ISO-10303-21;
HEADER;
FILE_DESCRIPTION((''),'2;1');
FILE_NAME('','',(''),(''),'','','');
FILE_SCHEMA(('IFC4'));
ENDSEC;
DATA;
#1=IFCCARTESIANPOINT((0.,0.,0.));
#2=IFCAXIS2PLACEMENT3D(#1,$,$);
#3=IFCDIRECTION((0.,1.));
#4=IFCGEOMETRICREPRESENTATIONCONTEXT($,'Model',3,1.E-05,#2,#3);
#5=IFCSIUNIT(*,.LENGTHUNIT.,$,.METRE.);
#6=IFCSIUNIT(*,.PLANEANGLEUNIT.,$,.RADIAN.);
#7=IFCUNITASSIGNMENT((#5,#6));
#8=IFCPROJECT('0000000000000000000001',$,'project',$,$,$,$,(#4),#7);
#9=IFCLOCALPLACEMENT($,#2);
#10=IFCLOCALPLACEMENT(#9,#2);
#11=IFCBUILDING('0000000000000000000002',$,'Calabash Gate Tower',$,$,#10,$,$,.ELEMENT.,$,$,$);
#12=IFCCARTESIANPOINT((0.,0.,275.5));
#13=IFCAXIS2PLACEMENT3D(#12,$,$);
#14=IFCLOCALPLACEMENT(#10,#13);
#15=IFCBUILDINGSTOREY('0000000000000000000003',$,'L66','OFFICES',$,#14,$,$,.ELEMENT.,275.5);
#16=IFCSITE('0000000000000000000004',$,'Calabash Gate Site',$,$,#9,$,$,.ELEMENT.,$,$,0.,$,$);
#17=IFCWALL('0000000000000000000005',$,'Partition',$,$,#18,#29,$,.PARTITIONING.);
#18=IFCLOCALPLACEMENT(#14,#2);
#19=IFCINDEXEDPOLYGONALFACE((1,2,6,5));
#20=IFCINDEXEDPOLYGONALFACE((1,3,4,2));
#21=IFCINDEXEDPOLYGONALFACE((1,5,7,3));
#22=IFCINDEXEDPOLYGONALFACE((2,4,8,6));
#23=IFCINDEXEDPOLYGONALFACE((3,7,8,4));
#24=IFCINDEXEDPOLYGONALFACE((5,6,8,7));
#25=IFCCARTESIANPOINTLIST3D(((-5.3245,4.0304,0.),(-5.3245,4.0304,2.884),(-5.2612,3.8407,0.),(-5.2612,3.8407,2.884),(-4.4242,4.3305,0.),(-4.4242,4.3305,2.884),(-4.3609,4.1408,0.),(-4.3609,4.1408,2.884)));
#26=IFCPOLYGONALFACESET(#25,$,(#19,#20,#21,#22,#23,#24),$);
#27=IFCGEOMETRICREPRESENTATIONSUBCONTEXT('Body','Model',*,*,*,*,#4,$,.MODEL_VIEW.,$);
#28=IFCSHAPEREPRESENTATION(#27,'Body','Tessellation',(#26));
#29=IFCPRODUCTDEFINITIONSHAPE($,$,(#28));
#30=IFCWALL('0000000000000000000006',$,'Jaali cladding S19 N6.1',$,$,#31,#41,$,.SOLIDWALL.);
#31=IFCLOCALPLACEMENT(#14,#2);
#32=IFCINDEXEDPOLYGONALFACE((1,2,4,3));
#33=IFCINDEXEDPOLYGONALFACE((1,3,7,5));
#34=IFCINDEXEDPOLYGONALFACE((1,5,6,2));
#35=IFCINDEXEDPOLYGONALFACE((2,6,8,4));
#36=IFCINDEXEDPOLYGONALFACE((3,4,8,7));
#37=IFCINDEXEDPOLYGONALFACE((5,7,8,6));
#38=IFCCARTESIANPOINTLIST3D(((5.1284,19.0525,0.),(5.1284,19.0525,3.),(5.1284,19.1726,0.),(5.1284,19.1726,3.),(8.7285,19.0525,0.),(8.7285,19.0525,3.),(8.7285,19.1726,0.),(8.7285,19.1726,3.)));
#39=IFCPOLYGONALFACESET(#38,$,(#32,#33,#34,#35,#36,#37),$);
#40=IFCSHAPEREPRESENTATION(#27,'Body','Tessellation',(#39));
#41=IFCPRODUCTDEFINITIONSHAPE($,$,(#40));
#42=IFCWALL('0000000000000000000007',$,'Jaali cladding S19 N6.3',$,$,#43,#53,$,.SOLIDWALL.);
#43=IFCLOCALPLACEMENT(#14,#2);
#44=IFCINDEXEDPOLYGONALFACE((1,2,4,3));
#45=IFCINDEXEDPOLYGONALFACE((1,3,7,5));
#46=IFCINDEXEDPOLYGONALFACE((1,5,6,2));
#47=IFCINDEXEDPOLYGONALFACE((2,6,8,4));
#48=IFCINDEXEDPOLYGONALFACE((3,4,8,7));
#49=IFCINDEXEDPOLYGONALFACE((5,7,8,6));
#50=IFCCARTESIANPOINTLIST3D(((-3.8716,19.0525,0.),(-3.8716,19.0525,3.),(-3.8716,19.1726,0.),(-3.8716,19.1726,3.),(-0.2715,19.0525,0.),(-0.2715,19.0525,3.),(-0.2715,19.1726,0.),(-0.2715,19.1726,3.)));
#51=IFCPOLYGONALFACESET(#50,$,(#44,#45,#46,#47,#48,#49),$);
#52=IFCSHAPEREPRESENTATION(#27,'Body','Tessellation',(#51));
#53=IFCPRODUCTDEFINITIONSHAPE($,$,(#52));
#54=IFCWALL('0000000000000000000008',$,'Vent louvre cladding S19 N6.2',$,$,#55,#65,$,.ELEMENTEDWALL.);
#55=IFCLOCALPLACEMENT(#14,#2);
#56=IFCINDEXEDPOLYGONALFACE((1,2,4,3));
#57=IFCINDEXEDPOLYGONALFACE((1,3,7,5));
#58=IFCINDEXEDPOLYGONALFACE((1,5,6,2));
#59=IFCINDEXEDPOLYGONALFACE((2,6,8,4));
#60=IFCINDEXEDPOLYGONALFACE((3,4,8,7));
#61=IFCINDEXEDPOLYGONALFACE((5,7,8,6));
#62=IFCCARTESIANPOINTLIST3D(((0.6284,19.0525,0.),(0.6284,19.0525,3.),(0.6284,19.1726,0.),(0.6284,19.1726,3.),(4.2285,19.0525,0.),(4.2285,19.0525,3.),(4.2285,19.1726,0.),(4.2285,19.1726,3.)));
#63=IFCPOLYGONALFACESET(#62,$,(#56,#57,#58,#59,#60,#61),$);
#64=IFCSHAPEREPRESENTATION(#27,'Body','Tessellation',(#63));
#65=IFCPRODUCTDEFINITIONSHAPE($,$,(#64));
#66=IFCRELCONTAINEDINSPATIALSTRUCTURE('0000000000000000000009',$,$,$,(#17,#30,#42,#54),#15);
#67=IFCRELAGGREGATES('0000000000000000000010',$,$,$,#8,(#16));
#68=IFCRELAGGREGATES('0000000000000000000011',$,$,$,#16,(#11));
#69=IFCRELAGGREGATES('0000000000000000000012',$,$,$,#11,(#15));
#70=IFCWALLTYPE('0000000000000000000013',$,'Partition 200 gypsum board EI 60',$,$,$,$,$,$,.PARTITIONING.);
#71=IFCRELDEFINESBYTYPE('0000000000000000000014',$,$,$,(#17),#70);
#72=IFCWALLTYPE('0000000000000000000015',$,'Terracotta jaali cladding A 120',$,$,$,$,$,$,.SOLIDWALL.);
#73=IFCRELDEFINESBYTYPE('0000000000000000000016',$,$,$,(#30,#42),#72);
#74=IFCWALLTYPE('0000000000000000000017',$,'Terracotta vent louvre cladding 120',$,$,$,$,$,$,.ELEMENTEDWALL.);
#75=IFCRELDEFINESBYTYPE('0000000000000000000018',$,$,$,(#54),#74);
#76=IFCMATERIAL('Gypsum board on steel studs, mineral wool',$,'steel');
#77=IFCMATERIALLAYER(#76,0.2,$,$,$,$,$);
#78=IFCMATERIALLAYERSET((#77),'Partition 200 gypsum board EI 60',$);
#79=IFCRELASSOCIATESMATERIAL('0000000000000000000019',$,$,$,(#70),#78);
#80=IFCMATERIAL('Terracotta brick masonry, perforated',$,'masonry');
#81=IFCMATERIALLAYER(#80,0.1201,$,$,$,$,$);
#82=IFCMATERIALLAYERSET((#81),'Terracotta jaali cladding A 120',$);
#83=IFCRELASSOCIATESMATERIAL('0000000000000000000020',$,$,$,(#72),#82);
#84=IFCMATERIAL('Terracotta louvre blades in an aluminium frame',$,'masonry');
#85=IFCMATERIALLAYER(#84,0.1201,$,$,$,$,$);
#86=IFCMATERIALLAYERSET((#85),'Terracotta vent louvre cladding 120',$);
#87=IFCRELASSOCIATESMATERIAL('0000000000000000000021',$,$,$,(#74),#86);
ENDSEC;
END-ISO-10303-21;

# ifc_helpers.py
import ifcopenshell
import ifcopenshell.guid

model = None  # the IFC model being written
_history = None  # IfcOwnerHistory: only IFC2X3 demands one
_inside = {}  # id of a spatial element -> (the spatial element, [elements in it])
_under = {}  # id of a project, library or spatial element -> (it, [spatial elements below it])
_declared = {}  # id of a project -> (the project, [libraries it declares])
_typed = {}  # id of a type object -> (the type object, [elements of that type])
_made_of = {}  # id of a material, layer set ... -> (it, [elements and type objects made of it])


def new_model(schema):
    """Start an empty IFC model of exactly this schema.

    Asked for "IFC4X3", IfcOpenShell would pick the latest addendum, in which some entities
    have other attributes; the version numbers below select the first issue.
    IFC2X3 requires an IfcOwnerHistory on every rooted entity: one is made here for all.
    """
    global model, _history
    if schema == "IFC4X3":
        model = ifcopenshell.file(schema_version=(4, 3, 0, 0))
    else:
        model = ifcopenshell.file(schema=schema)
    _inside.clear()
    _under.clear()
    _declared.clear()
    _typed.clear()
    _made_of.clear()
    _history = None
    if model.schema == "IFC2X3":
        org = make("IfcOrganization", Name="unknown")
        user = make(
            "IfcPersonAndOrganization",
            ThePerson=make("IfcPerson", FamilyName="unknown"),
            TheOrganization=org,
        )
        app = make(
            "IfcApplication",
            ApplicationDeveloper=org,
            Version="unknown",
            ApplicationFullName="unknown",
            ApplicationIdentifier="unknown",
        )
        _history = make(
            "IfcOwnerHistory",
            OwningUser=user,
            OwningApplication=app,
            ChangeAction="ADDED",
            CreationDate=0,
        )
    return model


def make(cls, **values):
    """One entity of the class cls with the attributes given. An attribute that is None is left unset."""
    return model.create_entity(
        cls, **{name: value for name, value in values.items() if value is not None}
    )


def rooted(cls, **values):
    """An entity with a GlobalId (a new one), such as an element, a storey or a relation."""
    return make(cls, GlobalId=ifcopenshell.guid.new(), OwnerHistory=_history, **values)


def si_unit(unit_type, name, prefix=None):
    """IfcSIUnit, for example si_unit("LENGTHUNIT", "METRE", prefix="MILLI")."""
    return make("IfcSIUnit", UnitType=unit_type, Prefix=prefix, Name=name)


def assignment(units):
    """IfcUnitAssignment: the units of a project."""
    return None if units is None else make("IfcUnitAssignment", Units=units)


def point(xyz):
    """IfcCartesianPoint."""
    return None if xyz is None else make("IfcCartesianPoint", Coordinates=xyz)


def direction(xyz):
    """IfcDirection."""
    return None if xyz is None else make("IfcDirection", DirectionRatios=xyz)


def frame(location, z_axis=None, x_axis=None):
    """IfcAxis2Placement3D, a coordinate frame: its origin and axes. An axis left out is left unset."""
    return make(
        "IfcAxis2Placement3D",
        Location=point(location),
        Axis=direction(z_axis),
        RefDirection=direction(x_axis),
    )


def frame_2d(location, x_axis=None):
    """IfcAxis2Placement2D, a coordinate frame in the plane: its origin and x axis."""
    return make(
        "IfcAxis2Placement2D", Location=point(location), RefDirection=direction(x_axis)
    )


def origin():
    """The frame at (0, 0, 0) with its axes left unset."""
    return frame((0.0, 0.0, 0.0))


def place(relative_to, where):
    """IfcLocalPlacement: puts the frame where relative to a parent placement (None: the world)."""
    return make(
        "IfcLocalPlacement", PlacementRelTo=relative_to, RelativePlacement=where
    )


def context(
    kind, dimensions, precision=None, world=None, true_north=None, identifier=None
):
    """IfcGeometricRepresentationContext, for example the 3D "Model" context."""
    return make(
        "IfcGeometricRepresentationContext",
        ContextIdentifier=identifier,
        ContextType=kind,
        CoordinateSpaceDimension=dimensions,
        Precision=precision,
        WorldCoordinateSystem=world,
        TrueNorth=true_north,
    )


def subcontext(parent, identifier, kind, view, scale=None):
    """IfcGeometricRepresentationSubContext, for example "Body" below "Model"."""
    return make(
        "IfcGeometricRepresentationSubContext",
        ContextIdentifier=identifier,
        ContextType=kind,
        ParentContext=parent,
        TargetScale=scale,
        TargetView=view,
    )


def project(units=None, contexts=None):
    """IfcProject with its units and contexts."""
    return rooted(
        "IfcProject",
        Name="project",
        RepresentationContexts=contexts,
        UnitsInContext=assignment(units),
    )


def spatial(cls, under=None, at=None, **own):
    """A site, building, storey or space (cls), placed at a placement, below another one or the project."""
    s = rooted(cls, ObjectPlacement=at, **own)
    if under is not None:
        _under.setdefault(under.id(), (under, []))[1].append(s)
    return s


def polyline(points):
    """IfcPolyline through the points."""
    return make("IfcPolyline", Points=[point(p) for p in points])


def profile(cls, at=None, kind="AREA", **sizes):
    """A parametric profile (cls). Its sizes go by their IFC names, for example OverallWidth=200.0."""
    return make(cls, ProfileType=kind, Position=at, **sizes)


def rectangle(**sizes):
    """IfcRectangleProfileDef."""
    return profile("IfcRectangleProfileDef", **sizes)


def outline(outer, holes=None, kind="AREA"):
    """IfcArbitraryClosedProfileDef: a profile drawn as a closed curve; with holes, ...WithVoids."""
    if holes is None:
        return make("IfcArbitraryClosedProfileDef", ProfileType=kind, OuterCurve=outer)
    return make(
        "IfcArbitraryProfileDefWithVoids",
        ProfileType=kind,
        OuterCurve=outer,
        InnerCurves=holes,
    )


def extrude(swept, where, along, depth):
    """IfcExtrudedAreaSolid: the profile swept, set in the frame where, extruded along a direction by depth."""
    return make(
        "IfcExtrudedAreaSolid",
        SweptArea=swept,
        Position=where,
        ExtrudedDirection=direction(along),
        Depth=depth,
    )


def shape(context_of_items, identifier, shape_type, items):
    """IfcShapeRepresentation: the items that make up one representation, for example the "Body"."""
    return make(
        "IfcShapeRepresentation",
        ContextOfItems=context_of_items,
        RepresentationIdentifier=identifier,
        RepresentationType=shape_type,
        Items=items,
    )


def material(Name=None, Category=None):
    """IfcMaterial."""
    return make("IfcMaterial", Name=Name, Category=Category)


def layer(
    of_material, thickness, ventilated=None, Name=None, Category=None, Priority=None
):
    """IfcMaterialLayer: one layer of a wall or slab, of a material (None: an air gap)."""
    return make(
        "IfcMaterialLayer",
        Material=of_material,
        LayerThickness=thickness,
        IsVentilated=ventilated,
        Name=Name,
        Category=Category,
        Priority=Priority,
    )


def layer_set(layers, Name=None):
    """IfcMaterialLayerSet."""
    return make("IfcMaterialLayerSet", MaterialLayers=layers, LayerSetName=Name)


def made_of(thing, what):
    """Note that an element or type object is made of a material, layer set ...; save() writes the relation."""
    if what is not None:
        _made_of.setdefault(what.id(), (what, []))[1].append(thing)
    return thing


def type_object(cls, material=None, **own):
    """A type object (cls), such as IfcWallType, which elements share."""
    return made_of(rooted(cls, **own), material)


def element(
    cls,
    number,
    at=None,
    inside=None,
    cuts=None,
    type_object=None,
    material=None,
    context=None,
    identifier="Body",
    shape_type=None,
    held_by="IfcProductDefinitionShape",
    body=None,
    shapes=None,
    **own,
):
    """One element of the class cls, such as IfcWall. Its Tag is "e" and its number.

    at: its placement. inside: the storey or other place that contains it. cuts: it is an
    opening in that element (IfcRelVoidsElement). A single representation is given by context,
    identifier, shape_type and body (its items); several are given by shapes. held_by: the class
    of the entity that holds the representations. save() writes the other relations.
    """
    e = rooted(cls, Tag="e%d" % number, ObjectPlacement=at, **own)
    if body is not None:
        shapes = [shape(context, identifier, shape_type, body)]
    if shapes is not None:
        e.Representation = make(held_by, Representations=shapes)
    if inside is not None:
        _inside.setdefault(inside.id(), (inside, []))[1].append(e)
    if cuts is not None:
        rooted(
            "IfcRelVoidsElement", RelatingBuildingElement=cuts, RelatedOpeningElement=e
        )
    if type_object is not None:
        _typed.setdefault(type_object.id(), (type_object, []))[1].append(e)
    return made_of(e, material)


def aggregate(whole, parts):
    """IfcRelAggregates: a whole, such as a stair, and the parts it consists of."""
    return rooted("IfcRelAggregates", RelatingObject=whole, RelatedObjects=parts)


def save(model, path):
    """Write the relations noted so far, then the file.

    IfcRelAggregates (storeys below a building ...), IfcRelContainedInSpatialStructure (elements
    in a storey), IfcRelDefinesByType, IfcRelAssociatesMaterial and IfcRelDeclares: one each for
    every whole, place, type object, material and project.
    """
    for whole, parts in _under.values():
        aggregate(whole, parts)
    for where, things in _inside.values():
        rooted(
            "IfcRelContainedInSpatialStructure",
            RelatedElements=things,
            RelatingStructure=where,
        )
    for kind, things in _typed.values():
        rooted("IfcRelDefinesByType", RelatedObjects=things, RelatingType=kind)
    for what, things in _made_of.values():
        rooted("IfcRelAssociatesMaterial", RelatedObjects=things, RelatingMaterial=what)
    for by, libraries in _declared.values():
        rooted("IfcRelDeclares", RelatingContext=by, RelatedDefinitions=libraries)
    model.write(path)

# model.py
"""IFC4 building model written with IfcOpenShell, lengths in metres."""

from ifc_helpers import new_model, si_unit, direction, frame, frame_2d, origin, place, context, subcontext, project, spatial, polyline, rectangle, outline, extrude, material, layer, layer_set, type_object, element, save


model = new_model("IFC4")

# Units and contexts
model_context = context("Model", 3, precision=1e-05, world=origin(), true_north=direction((0.0, 1.0)))
body_context = subcontext(model_context, "Body", "Model", "MODEL_VIEW")
ifc_project = project(units=[si_unit("LENGTHUNIT", "METRE"), si_unit("PLANEANGLEUNIT", "RADIAN")], contexts=[model_context])

# Site, building, storey
site_placement = place(None, origin())
site = spatial("IfcSite", under=ifc_project, at=site_placement, Name="Calabash Gate Site", CompositionType="ELEMENT", RefElevation=0.0)
building_placement = place(site_placement, origin())
building = spatial("IfcBuilding", under=site, at=building_placement, Name="Calabash Gate Tower", CompositionType="ELEMENT")
storey_placement = place(building_placement, frame((0.0, 0.0, 275.5)))
storey = spatial("IfcBuildingStorey", under=building, at=storey_placement, Name="L66", Description="OFFICES", CompositionType="ELEMENT", Elevation=275.5)

# Shared definitions
ifc_material_1 = material(Name="Gypsum board on steel studs, mineral wool", Category="steel")
ifc_layer_1 = layer(ifc_material_1, 0.2)
ifc_layer_set_1 = layer_set([ifc_layer_1], Name="Partition 200 gypsum board EI 60")
wall_type_1 = type_object("IfcWallType", Name="Partition 200 gypsum board EI 60", PredefinedType="PARTITIONING", material=ifc_layer_set_1)

# Walls
wall_1_placement = place(storey_placement, frame((-5.293, 3.9355, 0.0), z_axis=(0.0, 0.0, 1.0), x_axis=(0.948709, 0.316151, 0.0)))
element("IfcWall", 1, at=wall_1_placement, inside=storey, type_object=wall_type_1, Name="Partition", PredefinedType="PARTITIONING", context=body_context, shape_type="SweptSolid", body=[
    extrude(rectangle(XDim=0.949, YDim=0.2, at=frame_2d((0.4746, 0.0))), origin(), (0.0, 0.0, 1.0), 2.884),
])
ifc_material_2 = material(Name="Terracotta brick masonry, perforated", Category="masonry")
ifc_layer_2 = layer(ifc_material_2, 0.1201)
ifc_layer_set_2 = layer_set([ifc_layer_2], Name="Terracotta jaali cladding A 120")
wall_type_2 = type_object("IfcWallType", Name="Terracotta jaali cladding A 120", PredefinedType="SOLIDWALL", material=ifc_layer_set_2)
wall_2_placement = place(storey_placement, origin())
element("IfcWall", 2, at=wall_2_placement, inside=storey, type_object=wall_type_2, Name="Jaali cladding S19 N6.1", PredefinedType="SOLIDWALL", context=body_context, shape_type="SweptSolid", body=[
    extrude(outline(polyline([(5.1284, 19.1726), (5.1284, 19.0525), (8.7285, 19.0525), (8.7285, 19.1726), (5.1284, 19.1726)])), origin(), (0.0, 0.0, 1.0), 3.0),
])
wall_3_placement = place(storey_placement, origin())
element("IfcWall", 3, at=wall_3_placement, inside=storey, type_object=wall_type_2, Name="Jaali cladding S19 N6.3", PredefinedType="SOLIDWALL", context=body_context, shape_type="SweptSolid", body=[
    extrude(outline(polyline([(-3.8716, 19.1726), (-3.8716, 19.0525), (-0.2715, 19.0525), (-0.2715, 19.1726), (-3.8716, 19.1726)])), origin(), (0.0, 0.0, 1.0), 3.0),
])
ifc_material_3 = material(Name="Terracotta louvre blades in an aluminium frame", Category="masonry")
ifc_layer_3 = layer(ifc_material_3, 0.1201)
ifc_layer_set_3 = layer_set([ifc_layer_3], Name="Terracotta vent louvre cladding 120")
wall_type_3 = type_object("IfcWallType", Name="Terracotta vent louvre cladding 120", PredefinedType="ELEMENTEDWALL", material=ifc_layer_set_3)
wall_4_placement = place(storey_placement, origin())
element("IfcWall", 4, at=wall_4_placement, inside=storey, type_object=wall_type_3, Name="Vent louvre cladding S19 N6.2", PredefinedType="ELEMENTEDWALL", context=body_context, shape_type="SweptSolid", body=[
    extrude(outline(polyline([(0.6284, 19.1726), (0.6284, 19.0525), (4.2285, 19.0525), (4.2285, 19.1726), (0.6284, 19.1726)])), origin(), (0.0, 0.0, 1.0), 3.0),
])

save(model, "model.ifc")
